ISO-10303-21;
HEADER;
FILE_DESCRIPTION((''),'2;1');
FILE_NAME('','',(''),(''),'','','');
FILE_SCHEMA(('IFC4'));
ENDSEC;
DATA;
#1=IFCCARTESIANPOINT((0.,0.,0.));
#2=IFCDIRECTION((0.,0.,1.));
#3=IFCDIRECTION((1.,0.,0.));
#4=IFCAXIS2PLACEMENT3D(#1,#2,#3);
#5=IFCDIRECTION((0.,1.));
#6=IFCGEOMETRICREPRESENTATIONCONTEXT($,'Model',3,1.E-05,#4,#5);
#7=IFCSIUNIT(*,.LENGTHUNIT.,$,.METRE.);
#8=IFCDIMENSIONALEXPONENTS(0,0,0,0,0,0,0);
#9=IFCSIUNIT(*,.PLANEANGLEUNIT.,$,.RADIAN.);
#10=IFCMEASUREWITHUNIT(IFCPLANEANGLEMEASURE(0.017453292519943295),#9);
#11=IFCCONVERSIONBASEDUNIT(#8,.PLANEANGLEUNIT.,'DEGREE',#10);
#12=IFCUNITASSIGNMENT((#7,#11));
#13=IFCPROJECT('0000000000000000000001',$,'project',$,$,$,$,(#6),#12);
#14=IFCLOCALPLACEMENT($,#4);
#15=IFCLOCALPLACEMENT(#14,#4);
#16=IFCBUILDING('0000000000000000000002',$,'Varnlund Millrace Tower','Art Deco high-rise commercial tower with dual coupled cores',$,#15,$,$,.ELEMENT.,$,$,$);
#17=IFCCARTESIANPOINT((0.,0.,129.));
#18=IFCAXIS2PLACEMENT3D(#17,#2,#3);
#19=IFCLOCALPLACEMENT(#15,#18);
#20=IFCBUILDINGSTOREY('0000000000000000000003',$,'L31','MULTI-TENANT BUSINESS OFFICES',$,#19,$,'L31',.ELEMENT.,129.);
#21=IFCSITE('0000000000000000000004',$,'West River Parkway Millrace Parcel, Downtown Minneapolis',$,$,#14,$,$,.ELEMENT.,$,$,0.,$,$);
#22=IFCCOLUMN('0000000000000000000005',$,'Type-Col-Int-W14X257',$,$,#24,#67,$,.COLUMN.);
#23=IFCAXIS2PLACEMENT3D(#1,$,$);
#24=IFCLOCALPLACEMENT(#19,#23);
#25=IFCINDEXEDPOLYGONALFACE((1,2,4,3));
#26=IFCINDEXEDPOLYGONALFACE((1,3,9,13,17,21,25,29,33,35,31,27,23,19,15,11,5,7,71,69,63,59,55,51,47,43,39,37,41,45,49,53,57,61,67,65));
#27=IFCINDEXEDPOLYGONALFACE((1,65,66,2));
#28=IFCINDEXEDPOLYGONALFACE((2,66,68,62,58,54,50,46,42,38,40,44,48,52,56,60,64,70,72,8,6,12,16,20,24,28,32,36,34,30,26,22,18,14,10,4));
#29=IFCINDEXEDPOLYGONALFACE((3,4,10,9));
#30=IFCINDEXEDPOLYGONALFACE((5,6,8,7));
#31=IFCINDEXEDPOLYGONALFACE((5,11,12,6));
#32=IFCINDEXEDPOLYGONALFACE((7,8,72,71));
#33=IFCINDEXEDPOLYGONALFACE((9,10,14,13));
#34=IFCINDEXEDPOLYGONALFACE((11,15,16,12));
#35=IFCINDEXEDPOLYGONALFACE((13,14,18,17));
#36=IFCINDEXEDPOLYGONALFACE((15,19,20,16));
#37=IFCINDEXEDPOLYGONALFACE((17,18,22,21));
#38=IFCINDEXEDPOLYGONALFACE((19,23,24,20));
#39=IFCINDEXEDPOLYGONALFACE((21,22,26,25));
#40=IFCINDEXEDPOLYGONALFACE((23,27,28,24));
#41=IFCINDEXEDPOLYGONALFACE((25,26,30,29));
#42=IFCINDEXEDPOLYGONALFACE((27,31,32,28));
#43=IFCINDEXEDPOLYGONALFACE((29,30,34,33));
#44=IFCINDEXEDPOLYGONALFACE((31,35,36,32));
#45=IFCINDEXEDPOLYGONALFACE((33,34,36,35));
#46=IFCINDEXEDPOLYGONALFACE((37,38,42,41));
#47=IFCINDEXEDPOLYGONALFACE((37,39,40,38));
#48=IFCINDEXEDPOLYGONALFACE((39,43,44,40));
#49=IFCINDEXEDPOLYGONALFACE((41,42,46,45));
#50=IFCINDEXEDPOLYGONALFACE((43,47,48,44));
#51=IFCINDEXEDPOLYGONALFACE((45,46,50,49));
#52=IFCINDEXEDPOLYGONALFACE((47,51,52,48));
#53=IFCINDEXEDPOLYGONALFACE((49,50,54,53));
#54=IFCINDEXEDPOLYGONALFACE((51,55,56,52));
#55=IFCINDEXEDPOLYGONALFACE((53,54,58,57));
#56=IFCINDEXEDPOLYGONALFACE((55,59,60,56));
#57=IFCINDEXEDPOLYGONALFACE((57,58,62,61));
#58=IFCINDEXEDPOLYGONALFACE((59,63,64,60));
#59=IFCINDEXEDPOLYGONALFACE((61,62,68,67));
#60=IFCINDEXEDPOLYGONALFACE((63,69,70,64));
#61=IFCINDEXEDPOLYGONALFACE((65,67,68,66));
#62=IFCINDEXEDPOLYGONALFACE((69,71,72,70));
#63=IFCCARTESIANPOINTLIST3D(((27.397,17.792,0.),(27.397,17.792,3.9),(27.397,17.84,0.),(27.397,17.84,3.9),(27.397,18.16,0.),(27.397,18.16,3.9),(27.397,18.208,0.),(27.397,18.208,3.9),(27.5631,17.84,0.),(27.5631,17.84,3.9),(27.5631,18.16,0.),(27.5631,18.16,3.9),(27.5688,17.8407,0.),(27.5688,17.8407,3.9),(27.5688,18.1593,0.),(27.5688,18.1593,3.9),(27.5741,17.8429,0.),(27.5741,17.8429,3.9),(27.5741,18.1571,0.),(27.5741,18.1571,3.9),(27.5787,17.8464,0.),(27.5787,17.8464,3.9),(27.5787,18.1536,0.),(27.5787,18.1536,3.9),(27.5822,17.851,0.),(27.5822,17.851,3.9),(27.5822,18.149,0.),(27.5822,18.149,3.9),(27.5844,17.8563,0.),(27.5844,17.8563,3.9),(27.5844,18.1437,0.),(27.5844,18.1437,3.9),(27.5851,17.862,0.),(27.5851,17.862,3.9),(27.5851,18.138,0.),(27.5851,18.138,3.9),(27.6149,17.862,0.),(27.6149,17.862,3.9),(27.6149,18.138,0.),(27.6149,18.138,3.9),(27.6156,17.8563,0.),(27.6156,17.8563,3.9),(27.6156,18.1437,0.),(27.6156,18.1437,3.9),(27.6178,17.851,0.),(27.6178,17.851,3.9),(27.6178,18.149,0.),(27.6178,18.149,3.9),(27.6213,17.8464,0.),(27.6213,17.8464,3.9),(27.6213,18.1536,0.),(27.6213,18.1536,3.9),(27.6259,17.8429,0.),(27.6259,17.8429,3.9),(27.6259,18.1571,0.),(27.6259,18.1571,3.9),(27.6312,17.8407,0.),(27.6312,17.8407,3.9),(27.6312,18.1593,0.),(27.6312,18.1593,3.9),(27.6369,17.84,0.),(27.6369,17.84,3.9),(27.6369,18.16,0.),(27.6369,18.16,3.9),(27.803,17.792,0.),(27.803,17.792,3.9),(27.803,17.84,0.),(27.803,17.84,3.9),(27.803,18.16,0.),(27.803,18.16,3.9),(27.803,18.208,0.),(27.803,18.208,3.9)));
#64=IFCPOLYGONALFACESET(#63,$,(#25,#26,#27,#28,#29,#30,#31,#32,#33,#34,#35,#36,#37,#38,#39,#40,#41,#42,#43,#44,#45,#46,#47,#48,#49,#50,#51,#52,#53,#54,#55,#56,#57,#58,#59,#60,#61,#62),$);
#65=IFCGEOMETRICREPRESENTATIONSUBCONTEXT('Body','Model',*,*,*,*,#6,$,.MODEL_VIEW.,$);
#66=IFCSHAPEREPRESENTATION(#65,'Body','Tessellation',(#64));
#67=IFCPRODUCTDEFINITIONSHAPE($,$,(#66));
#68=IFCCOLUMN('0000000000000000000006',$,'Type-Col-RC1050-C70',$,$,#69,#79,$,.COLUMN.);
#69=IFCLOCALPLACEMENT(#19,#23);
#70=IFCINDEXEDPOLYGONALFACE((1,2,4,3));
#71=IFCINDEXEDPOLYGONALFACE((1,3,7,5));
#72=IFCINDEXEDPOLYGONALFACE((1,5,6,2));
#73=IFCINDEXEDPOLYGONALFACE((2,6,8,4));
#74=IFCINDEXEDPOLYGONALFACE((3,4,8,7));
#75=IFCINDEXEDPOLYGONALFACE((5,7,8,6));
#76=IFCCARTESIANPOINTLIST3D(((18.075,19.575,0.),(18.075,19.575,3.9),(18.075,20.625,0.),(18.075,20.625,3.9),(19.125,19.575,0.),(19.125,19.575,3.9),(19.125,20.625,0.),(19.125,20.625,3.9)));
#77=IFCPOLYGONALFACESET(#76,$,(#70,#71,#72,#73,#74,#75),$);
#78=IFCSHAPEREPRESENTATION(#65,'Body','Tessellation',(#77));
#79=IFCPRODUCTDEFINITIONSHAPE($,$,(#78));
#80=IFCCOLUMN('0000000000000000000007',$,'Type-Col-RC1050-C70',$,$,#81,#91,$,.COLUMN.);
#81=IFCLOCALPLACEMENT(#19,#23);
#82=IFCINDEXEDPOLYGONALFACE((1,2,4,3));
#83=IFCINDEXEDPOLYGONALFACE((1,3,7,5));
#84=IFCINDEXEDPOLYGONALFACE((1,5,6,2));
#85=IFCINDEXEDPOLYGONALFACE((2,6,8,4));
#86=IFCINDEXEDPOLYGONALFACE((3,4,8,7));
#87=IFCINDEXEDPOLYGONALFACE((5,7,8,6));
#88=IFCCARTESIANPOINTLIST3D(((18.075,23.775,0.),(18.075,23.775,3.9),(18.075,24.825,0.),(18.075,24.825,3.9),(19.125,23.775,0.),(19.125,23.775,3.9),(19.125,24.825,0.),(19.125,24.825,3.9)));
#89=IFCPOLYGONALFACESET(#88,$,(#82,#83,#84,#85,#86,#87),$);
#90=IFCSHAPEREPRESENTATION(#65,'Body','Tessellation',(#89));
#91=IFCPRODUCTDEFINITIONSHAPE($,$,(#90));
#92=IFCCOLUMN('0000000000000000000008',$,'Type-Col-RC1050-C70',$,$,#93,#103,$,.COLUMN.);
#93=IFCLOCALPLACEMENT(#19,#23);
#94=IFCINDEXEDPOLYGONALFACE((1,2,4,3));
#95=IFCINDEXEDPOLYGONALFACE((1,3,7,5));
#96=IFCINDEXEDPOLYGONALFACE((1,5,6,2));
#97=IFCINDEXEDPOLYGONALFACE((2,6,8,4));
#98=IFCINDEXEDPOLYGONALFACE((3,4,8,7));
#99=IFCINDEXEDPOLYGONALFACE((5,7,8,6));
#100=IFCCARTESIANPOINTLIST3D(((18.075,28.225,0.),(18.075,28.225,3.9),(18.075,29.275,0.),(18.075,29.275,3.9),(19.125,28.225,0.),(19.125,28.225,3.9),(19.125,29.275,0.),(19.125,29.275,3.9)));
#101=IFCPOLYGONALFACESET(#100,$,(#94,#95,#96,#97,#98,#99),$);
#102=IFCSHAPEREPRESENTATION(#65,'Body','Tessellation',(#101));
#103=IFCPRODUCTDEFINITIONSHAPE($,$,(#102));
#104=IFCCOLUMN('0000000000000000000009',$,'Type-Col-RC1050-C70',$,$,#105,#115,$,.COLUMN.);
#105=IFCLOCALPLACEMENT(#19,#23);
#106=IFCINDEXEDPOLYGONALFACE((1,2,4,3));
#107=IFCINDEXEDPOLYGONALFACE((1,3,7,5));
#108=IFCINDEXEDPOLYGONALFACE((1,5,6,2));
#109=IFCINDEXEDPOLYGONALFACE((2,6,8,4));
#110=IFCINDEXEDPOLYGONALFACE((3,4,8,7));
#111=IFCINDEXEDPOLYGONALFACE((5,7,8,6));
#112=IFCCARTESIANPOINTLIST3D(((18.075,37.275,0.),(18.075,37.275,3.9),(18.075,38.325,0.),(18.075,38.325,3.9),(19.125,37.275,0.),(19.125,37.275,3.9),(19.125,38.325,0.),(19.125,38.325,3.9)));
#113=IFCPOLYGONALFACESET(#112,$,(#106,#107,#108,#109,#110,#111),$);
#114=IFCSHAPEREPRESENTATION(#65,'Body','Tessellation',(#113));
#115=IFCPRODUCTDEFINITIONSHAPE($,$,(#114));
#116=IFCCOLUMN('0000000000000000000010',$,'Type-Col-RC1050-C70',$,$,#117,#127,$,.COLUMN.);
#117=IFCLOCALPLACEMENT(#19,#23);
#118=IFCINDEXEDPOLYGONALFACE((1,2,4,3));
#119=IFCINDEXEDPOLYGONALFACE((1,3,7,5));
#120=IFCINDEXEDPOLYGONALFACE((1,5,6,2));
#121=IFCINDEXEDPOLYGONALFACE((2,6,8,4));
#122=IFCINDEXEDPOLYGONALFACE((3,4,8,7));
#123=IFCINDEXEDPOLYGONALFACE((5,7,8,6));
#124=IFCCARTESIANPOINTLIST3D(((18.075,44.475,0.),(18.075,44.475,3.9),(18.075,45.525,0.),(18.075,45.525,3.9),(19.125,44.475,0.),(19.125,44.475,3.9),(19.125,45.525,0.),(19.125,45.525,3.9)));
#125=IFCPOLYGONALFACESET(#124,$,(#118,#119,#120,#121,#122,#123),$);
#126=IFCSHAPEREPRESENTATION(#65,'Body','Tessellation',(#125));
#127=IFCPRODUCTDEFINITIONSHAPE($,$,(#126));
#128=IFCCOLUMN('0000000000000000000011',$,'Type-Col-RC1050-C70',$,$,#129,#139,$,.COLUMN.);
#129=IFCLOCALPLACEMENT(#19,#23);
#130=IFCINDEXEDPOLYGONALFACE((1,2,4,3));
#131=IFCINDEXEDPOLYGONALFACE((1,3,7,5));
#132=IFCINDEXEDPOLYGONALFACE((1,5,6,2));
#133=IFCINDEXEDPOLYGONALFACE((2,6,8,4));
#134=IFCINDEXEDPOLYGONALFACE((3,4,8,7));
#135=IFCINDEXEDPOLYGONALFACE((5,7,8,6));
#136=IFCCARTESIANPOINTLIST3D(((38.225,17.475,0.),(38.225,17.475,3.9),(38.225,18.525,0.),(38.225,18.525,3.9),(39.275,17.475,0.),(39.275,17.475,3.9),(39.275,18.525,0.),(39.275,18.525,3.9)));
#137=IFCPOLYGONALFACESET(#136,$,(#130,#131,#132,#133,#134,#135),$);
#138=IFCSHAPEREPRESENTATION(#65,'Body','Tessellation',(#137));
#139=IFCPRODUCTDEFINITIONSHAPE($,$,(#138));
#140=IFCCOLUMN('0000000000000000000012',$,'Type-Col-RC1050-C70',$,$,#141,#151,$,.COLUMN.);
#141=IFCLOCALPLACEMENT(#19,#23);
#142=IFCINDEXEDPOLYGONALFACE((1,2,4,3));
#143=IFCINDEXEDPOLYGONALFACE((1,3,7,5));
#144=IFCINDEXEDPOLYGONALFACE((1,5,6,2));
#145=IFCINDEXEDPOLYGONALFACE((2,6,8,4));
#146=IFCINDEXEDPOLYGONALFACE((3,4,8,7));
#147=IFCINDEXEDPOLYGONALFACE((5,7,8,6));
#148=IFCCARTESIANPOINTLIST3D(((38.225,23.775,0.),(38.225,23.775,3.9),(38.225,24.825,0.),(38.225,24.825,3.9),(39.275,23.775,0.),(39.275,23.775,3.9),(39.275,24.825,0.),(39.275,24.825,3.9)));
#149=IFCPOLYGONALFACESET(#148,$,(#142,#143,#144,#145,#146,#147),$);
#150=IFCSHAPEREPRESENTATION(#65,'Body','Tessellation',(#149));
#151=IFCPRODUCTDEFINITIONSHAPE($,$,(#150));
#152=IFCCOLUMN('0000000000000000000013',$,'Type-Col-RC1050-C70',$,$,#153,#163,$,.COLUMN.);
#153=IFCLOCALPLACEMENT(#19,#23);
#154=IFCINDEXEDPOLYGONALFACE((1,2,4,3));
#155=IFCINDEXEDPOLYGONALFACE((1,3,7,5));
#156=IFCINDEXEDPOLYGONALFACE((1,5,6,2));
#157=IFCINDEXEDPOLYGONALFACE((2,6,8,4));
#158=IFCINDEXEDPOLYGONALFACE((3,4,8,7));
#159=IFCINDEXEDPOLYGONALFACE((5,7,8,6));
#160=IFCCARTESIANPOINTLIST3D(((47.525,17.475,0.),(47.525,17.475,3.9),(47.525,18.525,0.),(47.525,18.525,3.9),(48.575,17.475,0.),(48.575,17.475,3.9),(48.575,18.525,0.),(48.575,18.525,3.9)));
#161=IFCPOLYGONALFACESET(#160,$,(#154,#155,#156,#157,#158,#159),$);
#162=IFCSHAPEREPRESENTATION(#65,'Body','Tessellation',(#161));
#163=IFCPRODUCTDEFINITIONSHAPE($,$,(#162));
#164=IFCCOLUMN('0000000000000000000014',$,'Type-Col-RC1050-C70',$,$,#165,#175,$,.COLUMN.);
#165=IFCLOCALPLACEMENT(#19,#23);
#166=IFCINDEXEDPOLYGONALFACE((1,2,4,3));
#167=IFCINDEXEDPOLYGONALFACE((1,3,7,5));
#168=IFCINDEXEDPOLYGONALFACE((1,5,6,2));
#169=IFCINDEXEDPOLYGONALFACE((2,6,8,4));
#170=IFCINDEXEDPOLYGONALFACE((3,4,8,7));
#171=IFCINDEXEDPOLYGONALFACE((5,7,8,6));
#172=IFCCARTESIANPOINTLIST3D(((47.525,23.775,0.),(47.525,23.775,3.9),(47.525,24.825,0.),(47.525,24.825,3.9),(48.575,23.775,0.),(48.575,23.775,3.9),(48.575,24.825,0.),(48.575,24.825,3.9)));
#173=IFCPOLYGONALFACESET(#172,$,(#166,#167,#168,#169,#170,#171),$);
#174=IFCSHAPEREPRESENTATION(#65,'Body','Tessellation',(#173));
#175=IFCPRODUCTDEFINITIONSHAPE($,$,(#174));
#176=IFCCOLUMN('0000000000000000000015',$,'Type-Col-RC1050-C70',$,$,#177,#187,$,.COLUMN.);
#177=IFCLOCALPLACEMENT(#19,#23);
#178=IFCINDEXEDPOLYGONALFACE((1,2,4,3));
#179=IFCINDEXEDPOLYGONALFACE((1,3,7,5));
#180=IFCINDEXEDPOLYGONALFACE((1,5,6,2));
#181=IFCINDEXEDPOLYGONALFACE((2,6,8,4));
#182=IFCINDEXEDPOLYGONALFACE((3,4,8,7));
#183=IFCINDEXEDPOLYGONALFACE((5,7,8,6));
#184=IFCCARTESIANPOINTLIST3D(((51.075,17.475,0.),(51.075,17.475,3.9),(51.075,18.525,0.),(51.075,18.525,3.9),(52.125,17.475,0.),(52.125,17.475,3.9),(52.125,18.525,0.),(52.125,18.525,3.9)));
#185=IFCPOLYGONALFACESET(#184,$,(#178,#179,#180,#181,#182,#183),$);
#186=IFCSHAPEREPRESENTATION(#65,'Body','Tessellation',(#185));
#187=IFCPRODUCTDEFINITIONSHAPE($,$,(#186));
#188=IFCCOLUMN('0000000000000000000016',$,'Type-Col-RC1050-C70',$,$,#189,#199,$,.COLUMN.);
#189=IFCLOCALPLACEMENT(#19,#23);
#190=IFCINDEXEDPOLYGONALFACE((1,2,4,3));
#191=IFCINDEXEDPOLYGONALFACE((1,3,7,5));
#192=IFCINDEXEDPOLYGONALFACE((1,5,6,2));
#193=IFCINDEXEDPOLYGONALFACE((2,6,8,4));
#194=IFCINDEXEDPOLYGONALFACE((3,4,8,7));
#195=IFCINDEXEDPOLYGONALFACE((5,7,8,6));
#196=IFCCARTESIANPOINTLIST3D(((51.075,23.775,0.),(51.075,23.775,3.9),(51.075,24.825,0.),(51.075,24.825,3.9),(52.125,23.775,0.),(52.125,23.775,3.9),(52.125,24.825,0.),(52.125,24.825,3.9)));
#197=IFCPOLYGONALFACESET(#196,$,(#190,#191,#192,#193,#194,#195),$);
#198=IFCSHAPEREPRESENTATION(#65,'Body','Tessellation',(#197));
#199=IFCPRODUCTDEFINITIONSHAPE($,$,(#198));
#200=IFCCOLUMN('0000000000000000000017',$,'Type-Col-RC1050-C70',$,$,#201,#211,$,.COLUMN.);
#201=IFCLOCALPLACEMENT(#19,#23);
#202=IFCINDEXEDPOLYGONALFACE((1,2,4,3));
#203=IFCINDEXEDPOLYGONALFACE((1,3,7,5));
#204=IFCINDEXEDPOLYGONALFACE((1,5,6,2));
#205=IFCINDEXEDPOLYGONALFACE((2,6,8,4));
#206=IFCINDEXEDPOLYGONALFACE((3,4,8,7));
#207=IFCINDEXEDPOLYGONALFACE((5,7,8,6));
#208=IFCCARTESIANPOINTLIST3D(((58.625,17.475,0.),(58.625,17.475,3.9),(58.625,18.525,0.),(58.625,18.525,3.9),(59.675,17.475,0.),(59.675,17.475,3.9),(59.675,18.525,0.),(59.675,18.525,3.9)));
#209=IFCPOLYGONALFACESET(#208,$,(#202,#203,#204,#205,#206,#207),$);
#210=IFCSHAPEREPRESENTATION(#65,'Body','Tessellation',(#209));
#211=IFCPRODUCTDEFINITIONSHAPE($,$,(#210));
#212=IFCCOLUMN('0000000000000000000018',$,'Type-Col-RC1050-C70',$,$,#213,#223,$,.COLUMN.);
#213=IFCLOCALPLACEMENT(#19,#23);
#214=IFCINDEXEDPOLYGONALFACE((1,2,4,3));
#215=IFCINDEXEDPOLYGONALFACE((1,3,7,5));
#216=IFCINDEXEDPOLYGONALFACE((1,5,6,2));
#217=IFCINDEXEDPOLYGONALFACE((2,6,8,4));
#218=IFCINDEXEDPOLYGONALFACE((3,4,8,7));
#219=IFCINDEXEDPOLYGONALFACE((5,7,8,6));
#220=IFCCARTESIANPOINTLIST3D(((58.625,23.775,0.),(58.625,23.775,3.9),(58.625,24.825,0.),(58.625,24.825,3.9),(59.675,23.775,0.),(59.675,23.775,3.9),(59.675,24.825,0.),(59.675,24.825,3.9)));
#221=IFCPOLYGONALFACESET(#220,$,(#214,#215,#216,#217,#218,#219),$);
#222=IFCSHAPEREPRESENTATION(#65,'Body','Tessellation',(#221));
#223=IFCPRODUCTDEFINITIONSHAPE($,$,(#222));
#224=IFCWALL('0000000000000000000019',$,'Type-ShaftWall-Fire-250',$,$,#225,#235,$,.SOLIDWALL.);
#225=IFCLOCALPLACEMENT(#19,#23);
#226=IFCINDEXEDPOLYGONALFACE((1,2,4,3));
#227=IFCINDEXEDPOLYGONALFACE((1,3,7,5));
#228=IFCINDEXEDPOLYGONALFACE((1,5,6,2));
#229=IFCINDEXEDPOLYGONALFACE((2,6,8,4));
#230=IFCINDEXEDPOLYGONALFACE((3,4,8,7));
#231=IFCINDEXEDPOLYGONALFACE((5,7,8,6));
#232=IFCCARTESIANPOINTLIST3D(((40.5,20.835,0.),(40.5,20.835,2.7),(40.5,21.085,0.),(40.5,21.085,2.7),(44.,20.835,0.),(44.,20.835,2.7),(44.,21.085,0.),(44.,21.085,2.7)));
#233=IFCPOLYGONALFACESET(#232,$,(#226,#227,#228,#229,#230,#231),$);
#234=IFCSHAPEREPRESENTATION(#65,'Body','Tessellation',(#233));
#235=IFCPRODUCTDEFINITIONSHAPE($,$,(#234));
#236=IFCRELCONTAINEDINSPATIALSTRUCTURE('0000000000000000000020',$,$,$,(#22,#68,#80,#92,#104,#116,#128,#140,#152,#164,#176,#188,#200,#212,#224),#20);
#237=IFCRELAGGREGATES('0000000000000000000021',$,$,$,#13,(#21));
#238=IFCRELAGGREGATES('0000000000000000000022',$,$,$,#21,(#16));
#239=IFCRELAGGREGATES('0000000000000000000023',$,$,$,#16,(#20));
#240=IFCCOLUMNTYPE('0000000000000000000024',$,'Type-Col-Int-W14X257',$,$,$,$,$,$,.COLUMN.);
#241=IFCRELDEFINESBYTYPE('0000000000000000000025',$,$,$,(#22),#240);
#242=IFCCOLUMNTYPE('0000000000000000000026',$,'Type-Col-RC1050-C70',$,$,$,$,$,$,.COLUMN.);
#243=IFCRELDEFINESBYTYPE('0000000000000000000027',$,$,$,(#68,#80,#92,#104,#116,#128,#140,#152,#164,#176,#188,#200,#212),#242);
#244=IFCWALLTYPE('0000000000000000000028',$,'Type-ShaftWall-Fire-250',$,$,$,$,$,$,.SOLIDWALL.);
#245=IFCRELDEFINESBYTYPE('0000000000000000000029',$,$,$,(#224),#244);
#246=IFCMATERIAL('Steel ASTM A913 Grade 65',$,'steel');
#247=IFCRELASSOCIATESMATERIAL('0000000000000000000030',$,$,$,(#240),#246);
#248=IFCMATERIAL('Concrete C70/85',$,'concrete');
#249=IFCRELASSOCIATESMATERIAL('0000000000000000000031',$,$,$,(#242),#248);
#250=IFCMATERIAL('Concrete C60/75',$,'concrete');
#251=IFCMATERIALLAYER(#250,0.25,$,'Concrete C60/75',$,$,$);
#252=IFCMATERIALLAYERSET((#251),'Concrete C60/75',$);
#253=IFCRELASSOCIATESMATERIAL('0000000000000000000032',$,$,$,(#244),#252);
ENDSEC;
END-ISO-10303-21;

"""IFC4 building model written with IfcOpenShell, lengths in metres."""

from ifc_helpers import new_model, entity, si_unit, converted_unit, direction, frame, origin_with_axes, origin_2d_with_axis, place, context, subcontext, project, spatial, polyline, rectangle, i_section, outline, extrude, material, layer, layer_set, material_profile, profile_set, type_object, element, save


model = new_model("IFC4")

# Units and contexts
model_context = context("Model", 3, precision=1e-05, world=origin_with_axes(), true_north=direction((0.0, 1.0)))
body_context = subcontext(model_context, "Body", "Model", "MODEL_VIEW")
ifc_project = project(units=[si_unit("LENGTHUNIT", "METRE"), converted_unit("PLANEANGLEUNIT", "DEGREE", entity("IfcPlaneAngleMeasure", 0.017453292519943295), si_unit("PLANEANGLEUNIT", "RADIAN"), dimensions=[0, 0, 0, 0, 0, 0, 0])], contexts=[model_context])

# Site, building, storey
site_placement = place(None, origin_with_axes())
site = spatial("IfcSite", under=ifc_project, at=site_placement, Name="West River Parkway Millrace Parcel, Downtown Minneapolis", CompositionType="ELEMENT", RefElevation=0.0)
building_placement = place(site_placement, origin_with_axes())
building = spatial("IfcBuilding", under=site, at=building_placement, Name="Varnlund Millrace Tower", Description="Art Deco high-rise commercial tower with dual coupled cores", CompositionType="ELEMENT")
storey_placement = place(building_placement, frame((0.0, 0.0, 129.0), z_axis=(0.0, 0.0, 1.0), x_axis=(1.0, 0.0, 0.0)))
storey = spatial("IfcBuildingStorey", under=building, at=storey_placement, Name="L31", Description="MULTI-TENANT BUSINESS OFFICES", LongName="L31", CompositionType="ELEMENT", Elevation=129.0)

# Columns
ifc_material_1 = material(Name="Steel ASTM A913 Grade 65", Category="steel")
ifc_material_profile_1 = material_profile(ifc_material_1, i_section(OverallWidth=0.406, OverallDepth=0.416, WebThickness=0.0298, FlangeThickness=0.048, FilletRadius=0.022, at=origin_2d_with_axis()), Name="Steel ASTM A913 Grade 65")
ifc_profile_set_1 = profile_set([ifc_material_profile_1], Name="Steel ASTM A913 Grade 65")
column_type_1 = type_object("IfcColumnType", Name="Type-Col-Int-W14X257", PredefinedType="COLUMN", material=ifc_profile_set_1)
column_placement = place(storey_placement, frame((27.6, 18.0, 0.0), z_axis=(0.0, 0.0, 1.0), x_axis=(1.0, 0.0, 0.0)))
element("IfcColumn", 1, at=column_placement, inside=storey, type_object=column_type_1, Name="Type-Col-Int-W14X257", PredefinedType="COLUMN", context=body_context, shape_type="SweptSolid", body=[
    extrude(i_section(OverallWidth=0.406, OverallDepth=0.416, WebThickness=0.0298, FlangeThickness=0.048, FilletRadius=0.022, at=origin_2d_with_axis()), origin_with_axes(), (0.0, 0.0, 1.0), 3.9),
])
ifc_material_2 = material(Name="Concrete C70/85", Category="concrete")
ifc_material_profile_2 = material_profile(ifc_material_2, rectangle(XDim=1.05, YDim=1.05, at=origin_2d_with_axis()), Name="Concrete C70/85")
ifc_profile_set_2 = profile_set([ifc_material_profile_2], Name="Concrete C70/85")
column_type_2 = type_object("IfcColumnType", Name="Type-Col-RC1050-C70", PredefinedType="COLUMN", material=ifc_profile_set_2)
for number, where, z_axis, x_axis, name in (
    (2, (18.6, 20.1, 0.0), (0.0, 0.0, 1.0), (1.0, 0.0, 0.0), "Type-Col-RC1050-C70"),
    (3, (18.6, 24.3, 0.0), (0.0, 0.0, 1.0), (1.0, 0.0, 0.0), "Type-Col-RC1050-C70"),
    (4, (18.6, 28.75, 0.0), (0.0, 0.0, 1.0), (1.0, 0.0, 0.0), "Type-Col-RC1050-C70"),
    (5, (18.6, 37.8, 0.0), (0.0, 0.0, 1.0), (1.0, 0.0, 0.0), "Type-Col-RC1050-C70"),
    (6, (18.6, 45.0, 0.0), (0.0, 0.0, 1.0), (1.0, 0.0, 0.0), "Type-Col-RC1050-C70"),
    (7, (38.75, 18.0, 0.0), (0.0, 0.0, 1.0), (1.0, 0.0, 0.0), "Type-Col-RC1050-C70"),
    (8, (38.75, 24.3, 0.0), (0.0, 0.0, 1.0), (1.0, 0.0, 0.0), "Type-Col-RC1050-C70"),
    (9, (48.05, 18.0, 0.0), (0.0, 0.0, 1.0), (1.0, 0.0, 0.0), "Type-Col-RC1050-C70"),
    (10, (48.05, 24.3, 0.0), (0.0, 0.0, 1.0), (1.0, 0.0, 0.0), "Type-Col-RC1050-C70"),
    (11, (51.6, 18.0, 0.0), (0.0, 0.0, 1.0), (1.0, 0.0, 0.0), "Type-Col-RC1050-C70"),
    (12, (51.6, 24.3, 0.0), (0.0, 0.0, 1.0), (1.0, 0.0, 0.0), "Type-Col-RC1050-C70"),
    (13, (59.15, 18.0, 0.0), (0.0, 0.0, 1.0), (1.0, 0.0, 0.0), "Type-Col-RC1050-C70"),
    (14, (59.15, 24.3, 0.0), (0.0, 0.0, 1.0), (1.0, 0.0, 0.0), "Type-Col-RC1050-C70"),
):
    element("IfcColumn", number, at=place(storey_placement, frame(where, z_axis=z_axis, x_axis=x_axis)), inside=storey, type_object=column_type_2, Name=name, PredefinedType="COLUMN", context=body_context, shape_type="SweptSolid", body=[
        extrude(rectangle(XDim=1.05, YDim=1.05, at=origin_2d_with_axis()), origin_with_axes(), (0.0, 0.0, 1.0), 3.9),
    ])

# Wall
ifc_material_3 = material(Name="Concrete C60/75", Category="concrete")
ifc_layer_1 = layer(ifc_material_3, 0.25, Name="Concrete C60/75")
ifc_layer_set_1 = layer_set([ifc_layer_1], Name="Concrete C60/75")
wall_type_1 = type_object("IfcWallType", Name="Type-ShaftWall-Fire-250", PredefinedType="SOLIDWALL", material=ifc_layer_set_1)
wall_1_placement = place(storey_placement, frame((40.5, 20.96, 0.0), z_axis=(0.0, 0.0, 1.0), x_axis=(1.0, 0.0, 0.0)))
element("IfcWall", 15, at=wall_1_placement, inside=storey, type_object=wall_type_1, Name="Type-ShaftWall-Fire-250", PredefinedType="SOLIDWALL", context=body_context, shape_type="SweptSolid", body=[
    extrude(outline(polyline([(0.0, -0.125), (3.5, -0.125), (3.5, 0.125), (0.0, 0.125), (0.0, -0.125)])), origin_with_axes(), (0.0, 0.0, 1.0), 2.7),
])

save(model, "model.ifc")
